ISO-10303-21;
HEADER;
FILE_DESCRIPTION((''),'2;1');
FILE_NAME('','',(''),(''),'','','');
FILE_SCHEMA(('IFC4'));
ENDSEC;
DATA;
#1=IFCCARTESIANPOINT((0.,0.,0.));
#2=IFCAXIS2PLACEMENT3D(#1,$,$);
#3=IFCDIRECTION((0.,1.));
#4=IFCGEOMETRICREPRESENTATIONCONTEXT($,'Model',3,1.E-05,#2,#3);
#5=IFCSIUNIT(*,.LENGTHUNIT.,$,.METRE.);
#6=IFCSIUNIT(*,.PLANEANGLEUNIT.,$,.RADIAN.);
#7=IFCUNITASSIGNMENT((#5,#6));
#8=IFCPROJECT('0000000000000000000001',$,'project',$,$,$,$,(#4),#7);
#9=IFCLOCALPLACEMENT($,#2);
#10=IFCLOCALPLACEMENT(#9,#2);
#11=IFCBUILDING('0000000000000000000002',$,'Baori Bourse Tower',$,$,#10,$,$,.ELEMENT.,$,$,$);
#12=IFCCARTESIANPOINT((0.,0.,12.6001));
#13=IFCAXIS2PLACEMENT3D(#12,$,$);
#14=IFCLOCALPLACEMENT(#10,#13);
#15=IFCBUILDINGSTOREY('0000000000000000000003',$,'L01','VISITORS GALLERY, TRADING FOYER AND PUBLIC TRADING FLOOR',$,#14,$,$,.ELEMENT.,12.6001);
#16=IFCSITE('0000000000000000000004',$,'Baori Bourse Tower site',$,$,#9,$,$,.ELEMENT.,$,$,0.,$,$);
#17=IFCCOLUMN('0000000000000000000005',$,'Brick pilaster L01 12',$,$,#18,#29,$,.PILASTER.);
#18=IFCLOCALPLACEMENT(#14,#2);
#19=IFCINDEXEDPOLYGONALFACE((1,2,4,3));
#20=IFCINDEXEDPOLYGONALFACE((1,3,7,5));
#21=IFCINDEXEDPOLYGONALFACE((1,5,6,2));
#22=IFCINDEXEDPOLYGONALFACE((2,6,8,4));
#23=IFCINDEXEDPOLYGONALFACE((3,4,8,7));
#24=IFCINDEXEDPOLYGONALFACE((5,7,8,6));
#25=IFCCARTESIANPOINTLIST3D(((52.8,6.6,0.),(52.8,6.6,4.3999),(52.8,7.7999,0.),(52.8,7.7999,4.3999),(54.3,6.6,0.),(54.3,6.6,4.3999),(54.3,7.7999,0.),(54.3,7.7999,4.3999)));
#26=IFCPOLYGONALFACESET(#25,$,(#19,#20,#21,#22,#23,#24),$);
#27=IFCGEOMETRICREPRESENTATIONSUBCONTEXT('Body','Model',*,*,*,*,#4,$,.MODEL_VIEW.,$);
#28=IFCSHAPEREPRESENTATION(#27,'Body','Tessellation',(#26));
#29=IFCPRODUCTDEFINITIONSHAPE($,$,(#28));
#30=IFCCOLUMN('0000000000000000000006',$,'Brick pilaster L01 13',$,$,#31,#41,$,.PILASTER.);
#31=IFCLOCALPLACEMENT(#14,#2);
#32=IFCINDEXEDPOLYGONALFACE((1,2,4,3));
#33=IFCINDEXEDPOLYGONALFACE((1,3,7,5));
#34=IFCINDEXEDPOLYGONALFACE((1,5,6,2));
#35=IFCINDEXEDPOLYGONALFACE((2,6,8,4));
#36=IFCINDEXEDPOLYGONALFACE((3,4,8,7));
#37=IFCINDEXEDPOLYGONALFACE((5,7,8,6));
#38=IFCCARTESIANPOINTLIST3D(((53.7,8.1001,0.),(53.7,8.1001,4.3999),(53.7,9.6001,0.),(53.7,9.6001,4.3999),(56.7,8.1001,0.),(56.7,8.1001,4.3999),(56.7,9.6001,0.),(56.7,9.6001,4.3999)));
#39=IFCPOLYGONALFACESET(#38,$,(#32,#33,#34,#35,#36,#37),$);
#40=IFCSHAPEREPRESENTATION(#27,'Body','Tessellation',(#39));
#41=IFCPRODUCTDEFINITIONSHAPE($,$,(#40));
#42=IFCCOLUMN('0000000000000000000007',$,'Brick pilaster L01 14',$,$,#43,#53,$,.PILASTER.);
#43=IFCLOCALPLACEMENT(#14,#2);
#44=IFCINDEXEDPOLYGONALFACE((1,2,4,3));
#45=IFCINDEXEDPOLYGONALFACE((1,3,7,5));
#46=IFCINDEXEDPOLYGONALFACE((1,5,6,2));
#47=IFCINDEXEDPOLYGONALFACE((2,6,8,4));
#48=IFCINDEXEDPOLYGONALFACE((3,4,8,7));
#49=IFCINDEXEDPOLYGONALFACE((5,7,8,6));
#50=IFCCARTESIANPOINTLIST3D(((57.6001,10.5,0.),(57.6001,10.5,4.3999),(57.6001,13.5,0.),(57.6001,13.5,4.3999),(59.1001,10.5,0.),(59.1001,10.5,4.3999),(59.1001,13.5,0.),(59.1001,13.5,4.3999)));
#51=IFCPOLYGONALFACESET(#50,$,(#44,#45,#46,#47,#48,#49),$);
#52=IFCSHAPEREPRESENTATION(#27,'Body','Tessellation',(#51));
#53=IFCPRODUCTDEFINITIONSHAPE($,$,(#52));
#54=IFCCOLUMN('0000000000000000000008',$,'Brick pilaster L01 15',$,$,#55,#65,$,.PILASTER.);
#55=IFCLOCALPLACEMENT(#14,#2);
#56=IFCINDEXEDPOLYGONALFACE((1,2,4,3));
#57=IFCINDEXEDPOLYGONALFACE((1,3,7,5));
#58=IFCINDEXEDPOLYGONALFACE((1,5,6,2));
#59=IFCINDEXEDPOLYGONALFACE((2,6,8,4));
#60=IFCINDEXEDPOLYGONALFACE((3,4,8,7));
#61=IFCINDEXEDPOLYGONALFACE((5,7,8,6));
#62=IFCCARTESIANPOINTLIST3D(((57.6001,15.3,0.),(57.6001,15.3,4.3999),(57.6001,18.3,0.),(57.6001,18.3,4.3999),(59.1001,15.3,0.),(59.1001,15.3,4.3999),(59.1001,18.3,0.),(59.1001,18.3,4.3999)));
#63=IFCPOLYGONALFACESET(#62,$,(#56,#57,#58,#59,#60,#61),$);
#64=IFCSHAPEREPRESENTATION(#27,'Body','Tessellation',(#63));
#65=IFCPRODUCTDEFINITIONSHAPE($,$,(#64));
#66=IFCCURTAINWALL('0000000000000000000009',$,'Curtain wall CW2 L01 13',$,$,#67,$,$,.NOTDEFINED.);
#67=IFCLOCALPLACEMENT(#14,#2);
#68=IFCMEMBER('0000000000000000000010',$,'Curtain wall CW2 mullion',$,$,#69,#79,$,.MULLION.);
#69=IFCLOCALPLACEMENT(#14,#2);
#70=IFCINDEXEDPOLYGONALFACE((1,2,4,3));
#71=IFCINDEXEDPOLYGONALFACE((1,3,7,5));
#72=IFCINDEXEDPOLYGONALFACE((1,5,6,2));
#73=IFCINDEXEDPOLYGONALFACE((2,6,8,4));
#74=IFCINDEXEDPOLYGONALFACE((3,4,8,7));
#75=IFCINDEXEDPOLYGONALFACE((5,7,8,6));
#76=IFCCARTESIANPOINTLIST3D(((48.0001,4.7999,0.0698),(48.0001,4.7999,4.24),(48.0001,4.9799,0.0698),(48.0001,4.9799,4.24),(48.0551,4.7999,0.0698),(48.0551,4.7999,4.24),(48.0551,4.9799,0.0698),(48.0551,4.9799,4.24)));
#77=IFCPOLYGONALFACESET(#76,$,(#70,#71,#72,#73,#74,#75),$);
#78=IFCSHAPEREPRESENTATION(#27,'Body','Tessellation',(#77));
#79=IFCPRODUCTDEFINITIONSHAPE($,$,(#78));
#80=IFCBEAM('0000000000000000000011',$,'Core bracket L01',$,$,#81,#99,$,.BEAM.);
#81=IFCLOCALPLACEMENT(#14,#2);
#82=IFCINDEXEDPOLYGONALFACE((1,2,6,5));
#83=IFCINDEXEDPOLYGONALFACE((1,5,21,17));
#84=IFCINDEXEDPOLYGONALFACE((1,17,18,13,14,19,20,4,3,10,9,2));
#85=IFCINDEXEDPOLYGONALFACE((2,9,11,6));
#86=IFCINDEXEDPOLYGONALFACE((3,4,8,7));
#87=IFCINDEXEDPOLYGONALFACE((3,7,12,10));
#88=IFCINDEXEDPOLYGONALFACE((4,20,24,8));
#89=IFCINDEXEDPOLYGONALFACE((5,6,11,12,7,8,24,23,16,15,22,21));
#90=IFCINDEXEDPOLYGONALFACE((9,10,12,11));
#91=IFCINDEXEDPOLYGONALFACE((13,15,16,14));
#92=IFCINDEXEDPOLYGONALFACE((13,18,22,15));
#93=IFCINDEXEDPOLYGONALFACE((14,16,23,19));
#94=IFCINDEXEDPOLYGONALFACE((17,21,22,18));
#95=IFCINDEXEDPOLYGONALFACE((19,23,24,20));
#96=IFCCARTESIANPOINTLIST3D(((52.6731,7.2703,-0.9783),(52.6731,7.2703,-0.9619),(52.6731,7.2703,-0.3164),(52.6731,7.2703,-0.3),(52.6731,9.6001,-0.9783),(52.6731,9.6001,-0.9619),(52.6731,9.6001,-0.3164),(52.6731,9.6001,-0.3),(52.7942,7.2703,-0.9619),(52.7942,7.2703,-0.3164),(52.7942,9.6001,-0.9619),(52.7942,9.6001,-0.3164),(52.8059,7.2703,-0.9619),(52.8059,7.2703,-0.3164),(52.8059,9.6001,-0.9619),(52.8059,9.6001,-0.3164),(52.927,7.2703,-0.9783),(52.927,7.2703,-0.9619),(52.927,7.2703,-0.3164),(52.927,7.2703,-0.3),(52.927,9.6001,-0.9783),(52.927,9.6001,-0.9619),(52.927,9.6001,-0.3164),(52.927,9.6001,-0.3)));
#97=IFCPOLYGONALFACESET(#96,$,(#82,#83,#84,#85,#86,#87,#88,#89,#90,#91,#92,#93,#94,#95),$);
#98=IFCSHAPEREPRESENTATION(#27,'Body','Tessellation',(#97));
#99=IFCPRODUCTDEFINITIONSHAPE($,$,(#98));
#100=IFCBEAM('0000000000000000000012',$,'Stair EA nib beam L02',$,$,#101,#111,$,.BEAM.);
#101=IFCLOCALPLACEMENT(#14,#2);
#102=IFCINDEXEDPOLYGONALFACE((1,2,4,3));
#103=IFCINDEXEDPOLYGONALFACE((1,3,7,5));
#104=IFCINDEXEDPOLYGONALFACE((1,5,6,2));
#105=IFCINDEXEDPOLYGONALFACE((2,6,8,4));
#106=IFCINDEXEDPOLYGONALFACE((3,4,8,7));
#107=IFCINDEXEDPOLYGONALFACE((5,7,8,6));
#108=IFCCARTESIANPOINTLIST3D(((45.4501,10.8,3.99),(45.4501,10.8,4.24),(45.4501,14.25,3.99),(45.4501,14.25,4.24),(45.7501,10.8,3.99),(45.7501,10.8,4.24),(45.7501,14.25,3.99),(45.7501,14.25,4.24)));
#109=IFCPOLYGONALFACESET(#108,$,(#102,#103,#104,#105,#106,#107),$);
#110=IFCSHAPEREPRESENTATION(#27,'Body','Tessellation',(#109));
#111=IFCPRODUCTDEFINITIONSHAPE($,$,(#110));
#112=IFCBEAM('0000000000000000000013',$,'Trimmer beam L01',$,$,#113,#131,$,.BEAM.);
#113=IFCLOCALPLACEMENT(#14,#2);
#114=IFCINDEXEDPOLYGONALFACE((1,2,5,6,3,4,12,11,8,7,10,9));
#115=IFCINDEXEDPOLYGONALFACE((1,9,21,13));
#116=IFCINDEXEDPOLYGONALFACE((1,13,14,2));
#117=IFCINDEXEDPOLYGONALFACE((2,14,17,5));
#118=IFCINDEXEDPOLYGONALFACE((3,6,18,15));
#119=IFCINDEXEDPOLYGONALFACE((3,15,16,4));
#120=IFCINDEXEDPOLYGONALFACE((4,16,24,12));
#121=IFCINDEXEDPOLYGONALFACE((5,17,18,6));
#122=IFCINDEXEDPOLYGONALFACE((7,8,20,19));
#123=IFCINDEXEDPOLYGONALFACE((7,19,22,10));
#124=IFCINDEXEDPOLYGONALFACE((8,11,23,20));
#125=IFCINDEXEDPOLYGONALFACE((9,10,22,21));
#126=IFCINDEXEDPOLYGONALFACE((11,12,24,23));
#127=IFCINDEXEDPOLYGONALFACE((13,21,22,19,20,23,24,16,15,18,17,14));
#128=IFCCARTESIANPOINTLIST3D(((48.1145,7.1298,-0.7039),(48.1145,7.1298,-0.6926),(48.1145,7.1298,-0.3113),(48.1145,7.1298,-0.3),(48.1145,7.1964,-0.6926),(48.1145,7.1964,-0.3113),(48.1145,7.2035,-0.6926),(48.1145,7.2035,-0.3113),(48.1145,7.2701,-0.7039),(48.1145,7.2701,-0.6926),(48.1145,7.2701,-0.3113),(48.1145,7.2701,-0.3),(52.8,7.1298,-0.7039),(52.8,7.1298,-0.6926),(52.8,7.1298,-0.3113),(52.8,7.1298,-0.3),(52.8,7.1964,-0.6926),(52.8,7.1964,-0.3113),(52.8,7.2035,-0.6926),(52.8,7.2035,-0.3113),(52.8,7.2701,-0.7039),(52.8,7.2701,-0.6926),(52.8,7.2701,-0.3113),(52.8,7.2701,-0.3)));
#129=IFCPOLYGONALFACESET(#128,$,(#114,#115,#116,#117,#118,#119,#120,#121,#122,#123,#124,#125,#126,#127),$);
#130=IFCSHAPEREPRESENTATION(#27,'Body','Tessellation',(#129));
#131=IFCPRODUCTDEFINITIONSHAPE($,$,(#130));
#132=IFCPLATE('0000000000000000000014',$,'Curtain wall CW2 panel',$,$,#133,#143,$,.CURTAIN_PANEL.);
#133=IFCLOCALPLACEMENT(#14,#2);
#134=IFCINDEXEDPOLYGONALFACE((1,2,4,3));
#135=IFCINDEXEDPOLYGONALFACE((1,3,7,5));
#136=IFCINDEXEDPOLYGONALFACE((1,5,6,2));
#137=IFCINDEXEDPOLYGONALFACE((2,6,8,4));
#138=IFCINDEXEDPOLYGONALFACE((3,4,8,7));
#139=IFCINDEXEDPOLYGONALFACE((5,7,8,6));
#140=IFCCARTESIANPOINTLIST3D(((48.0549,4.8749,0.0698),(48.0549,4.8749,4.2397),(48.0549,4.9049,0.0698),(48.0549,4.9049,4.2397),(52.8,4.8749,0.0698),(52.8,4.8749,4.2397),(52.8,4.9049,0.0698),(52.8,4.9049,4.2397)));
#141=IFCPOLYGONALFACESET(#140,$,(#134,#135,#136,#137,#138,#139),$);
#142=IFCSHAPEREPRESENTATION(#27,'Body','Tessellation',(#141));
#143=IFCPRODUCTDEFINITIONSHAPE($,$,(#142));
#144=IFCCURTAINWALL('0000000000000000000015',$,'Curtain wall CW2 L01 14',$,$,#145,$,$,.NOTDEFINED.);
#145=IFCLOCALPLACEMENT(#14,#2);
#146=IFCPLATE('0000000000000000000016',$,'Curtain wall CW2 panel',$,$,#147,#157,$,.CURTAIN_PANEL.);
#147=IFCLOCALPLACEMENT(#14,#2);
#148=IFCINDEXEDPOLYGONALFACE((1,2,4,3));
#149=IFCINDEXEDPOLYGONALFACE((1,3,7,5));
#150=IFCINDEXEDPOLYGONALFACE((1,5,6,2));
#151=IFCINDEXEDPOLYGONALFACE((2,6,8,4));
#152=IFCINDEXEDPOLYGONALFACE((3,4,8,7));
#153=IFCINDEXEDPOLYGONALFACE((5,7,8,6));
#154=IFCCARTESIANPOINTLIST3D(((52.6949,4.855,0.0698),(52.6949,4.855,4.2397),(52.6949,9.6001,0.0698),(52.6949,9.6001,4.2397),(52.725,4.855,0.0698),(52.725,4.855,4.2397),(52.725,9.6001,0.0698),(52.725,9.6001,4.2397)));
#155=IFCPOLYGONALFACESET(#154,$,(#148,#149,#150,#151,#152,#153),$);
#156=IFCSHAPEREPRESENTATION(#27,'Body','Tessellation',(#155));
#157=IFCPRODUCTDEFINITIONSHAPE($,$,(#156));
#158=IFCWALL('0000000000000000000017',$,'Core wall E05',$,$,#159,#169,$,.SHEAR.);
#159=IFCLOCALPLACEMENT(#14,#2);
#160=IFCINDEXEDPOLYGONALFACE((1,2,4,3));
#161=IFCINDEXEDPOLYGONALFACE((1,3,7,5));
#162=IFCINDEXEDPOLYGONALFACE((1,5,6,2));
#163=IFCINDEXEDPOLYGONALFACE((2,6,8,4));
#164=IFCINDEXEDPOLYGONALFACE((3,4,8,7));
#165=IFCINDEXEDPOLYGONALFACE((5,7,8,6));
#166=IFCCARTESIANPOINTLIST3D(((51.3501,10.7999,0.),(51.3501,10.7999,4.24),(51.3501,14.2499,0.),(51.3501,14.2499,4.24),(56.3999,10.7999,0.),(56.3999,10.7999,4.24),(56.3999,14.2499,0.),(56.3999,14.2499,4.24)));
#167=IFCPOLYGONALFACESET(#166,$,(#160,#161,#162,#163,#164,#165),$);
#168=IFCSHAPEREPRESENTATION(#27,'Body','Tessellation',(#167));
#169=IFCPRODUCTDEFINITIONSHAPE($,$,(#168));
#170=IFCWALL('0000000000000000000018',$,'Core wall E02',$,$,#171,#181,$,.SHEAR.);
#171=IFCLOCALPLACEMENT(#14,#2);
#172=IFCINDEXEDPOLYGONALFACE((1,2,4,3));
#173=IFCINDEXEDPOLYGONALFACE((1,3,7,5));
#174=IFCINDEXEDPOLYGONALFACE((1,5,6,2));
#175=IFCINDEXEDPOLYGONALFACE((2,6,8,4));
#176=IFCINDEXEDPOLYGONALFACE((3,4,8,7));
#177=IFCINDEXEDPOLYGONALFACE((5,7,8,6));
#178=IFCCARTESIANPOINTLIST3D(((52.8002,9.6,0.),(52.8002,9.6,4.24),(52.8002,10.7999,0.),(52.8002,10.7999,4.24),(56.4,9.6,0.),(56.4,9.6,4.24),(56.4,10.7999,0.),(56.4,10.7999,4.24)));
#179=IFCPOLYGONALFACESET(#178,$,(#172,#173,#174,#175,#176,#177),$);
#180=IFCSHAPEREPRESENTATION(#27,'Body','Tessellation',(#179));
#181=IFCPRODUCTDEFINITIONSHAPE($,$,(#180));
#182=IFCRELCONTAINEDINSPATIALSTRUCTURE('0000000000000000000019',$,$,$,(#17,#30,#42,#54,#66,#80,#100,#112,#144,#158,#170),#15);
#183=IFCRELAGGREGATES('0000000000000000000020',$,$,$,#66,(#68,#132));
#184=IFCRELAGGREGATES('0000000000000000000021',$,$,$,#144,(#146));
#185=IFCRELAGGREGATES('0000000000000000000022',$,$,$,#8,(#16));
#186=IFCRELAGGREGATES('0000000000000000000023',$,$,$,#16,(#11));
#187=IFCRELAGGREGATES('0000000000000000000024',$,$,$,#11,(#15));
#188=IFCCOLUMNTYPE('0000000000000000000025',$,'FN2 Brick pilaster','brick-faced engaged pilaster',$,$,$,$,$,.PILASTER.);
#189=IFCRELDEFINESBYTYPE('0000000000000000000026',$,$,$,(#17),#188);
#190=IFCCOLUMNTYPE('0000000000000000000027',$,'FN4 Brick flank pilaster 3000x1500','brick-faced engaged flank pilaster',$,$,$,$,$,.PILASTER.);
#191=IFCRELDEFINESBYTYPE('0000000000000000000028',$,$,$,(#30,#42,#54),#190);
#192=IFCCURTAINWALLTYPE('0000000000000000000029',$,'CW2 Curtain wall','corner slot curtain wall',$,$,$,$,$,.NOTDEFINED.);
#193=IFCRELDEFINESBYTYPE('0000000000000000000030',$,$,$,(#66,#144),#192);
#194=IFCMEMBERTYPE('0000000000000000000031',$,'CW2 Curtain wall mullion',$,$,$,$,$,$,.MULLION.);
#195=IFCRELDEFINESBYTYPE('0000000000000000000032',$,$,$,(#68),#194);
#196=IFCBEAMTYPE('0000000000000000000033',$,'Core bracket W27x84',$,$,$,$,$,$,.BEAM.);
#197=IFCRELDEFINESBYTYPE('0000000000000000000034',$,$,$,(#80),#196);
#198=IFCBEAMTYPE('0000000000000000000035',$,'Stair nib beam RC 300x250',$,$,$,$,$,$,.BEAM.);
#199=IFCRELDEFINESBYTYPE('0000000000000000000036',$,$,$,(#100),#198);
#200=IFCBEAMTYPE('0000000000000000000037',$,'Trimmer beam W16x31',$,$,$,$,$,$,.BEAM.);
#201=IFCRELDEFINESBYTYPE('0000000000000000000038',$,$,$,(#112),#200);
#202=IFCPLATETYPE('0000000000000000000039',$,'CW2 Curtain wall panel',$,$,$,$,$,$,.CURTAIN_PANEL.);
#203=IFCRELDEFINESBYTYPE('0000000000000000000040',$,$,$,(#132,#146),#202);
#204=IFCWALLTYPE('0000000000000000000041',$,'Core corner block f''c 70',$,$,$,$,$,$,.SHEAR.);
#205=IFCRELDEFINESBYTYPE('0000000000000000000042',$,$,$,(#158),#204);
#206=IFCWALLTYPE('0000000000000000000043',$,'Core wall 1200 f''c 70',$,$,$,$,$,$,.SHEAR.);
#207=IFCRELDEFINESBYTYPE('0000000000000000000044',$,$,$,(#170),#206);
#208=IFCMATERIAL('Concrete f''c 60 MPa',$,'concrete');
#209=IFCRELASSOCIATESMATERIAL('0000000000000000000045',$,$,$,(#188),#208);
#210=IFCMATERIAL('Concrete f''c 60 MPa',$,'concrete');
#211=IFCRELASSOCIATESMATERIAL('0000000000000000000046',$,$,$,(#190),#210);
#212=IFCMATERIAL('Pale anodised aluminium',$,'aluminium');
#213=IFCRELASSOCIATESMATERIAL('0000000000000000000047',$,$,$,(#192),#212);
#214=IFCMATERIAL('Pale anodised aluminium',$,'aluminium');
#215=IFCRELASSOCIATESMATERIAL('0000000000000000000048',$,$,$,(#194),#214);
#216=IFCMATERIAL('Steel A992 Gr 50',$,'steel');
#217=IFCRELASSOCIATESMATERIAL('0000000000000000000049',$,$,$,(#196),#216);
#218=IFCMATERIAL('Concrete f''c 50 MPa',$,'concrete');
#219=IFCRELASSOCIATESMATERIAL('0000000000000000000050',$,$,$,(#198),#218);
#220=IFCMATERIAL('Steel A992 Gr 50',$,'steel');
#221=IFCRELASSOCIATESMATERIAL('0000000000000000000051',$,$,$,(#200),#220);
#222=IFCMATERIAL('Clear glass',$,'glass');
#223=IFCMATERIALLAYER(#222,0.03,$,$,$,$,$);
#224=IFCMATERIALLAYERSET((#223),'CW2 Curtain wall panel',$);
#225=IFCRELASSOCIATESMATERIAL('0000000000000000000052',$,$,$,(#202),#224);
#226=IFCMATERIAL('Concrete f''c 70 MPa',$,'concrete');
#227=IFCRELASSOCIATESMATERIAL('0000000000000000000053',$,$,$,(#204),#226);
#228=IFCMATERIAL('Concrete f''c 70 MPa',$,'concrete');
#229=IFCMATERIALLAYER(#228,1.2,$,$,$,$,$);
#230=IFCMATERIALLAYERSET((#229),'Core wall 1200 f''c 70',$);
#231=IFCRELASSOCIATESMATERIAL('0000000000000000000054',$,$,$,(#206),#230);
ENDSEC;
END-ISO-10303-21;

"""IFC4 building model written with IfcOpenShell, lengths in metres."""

from ifc_helpers import new_model, si_unit, direction, frame, frame_2d, origin, origin_2d, place, context, subcontext, project, spatial, rectangle, i_section, extrude, material, layer, layer_set, material_profile, profile_set, type_object, element, aggregate, save


model = new_model("IFC4")

# Units and contexts
model_context = context("Model", 3, precision=1e-05, world=origin(), true_north=direction((0.0, 1.0)))
body_context = subcontext(model_context, "Body", "Model", "MODEL_VIEW")
ifc_project = project(units=[si_unit("LENGTHUNIT", "METRE"), si_unit("PLANEANGLEUNIT", "RADIAN")], contexts=[model_context])

# Site, building, storey
site_placement = place(None, origin())
site = spatial("IfcSite", under=ifc_project, at=site_placement, Name="Baori Bourse Tower site", CompositionType="ELEMENT", RefElevation=0.0)
building_placement = place(site_placement, origin())
building = spatial("IfcBuilding", under=site, at=building_placement, Name="Baori Bourse Tower", CompositionType="ELEMENT")
storey_placement = place(building_placement, frame((0.0, 0.0, 12.6001)))
storey = spatial("IfcBuildingStorey", under=building, at=storey_placement, Name="L01", Description="VISITORS GALLERY, TRADING FOYER AND PUBLIC TRADING FLOOR", CompositionType="ELEMENT", Elevation=12.6001)

# Columns
ifc_material_1 = material(Name="Concrete f'c 60 MPa", Category="concrete")
ifc_material_profile_1 = material_profile(ifc_material_1, rectangle(XDim=1.2, YDim=1.5, at=origin_2d()), Name="RC 1200x1500")
ifc_profile_set_1 = profile_set([ifc_material_profile_1], Name="Concrete f'c 60 MPa")
column_type_1 = type_object("IfcColumnType", Name="FN2 Brick pilaster", Description="brick-faced engaged pilaster", PredefinedType="PILASTER", material=ifc_profile_set_1)
column_placement = place(storey_placement, frame((53.55, 7.2, 0.0), z_axis=(0.0, 0.0, 1.0), x_axis=(0.0, 1.0, 0.0)))
element("IfcColumn", 1, at=column_placement, inside=storey, type_object=column_type_1, Name="Brick pilaster L01 12", PredefinedType="PILASTER", context=body_context, shape_type="SweptSolid", body=[
    extrude(rectangle(XDim=1.2, YDim=1.5, at=origin_2d()), origin(), (0.0, 0.0, 1.0), 4.3999),
])
ifc_material_2 = material(Name="Concrete f'c 60 MPa", Category="concrete")
ifc_material_profile_2 = material_profile(ifc_material_2, rectangle(XDim=3.0, YDim=1.5, at=origin_2d()), Name="RC 3000x1500")
ifc_profile_set_2 = profile_set([ifc_material_profile_2], Name="Concrete f'c 60 MPa")
column_type_2 = type_object("IfcColumnType", Name="FN4 Brick flank pilaster 3000x1500", Description="brick-faced engaged flank pilaster", PredefinedType="PILASTER", material=ifc_profile_set_2)
for number, where, z_axis, x_axis, name in (
    (2, (55.2, 8.8501, 0.0), (0.0, 0.0, 1.0), (1.0, 0.0, 0.0), "Brick pilaster L01 13"),
    (3, (58.3501, 12.0, 0.0), (0.0, 0.0, 1.0), (0.0, 1.0, 0.0), "Brick pilaster L01 14"),
    (4, (58.3501, 16.8, 0.0), (0.0, 0.0, 1.0), (0.0, 1.0, 0.0), "Brick pilaster L01 15"),
):
    element("IfcColumn", number, at=place(storey_placement, frame(where, z_axis=z_axis, x_axis=x_axis)), inside=storey, type_object=column_type_2, Name=name, PredefinedType="PILASTER", context=body_context, shape_type="SweptSolid", body=[
        extrude(rectangle(XDim=3.0, YDim=1.5, at=origin_2d()), origin(), (0.0, 0.0, 1.0), 4.3999),
    ])

# Curtain wall, member
ifc_material_3 = material(Name="Pale anodised aluminium", Category="aluminium")
curtain_wall_type = type_object("IfcCurtainWallType", Name="CW2 Curtain wall", Description="corner slot curtain wall", PredefinedType="NOTDEFINED", material=ifc_material_3)
curtain_wall_1_placement = place(storey_placement, origin())
curtain_wall_1 = element("IfcCurtainWall", 5, at=curtain_wall_1_placement, inside=storey, type_object=curtain_wall_type, Name="Curtain wall CW2 L01 13", PredefinedType="NOTDEFINED")
ifc_material_4 = material(Name="Pale anodised aluminium", Category="aluminium")
ifc_material_profile_3 = material_profile(ifc_material_4, rectangle(XDim=0.1799, YDim=0.0549, at=origin_2d()), Name="Mullion 55x180")
ifc_profile_set_3 = profile_set([ifc_material_profile_3], Name="Pale anodised aluminium")
member_type = type_object("IfcMemberType", Name="CW2 Curtain wall mullion", PredefinedType="MULLION", material=ifc_profile_set_3)
member_placement = place(storey_placement, frame((48.0276, 4.8899, 0.0698), z_axis=(0.0, 0.0, 1.0), x_axis=(0.0, 1.0, 0.0)))
member = element("IfcMember", 6, at=member_placement, type_object=member_type, Name="Curtain wall CW2 mullion", PredefinedType="MULLION", context=body_context, shape_type="SweptSolid", body=[
    extrude(rectangle(XDim=0.1799, YDim=0.0549, at=origin_2d()), origin(), (0.0, 0.0, 1.0), 4.1702),
])

# Beams
ifc_material_5 = material(Name="Steel A992 Gr 50", Category="steel")
ifc_material_profile_4 = material_profile(ifc_material_5, i_section(OverallWidth=0.2539, OverallDepth=0.6782, WebThickness=0.0117, FlangeThickness=0.0164, at=origin_2d()), Name="W27x84")
ifc_profile_set_4 = profile_set([ifc_material_profile_4], Name="Steel A992 Gr 50")
beam_type_1 = type_object("IfcBeamType", Name="Core bracket W27x84", PredefinedType="BEAM", material=ifc_profile_set_4)
beam_1_placement = place(storey_placement, frame((52.8, 7.2703, -0.6392), z_axis=(0.0, 1.0, 0.0), x_axis=(-1.0, 0.0, 0.0)))
element("IfcBeam", 7, at=beam_1_placement, inside=storey, type_object=beam_type_1, Name="Core bracket L01", PredefinedType="BEAM", context=body_context, shape_type="SweptSolid", body=[
    extrude(i_section(OverallWidth=0.2539, OverallDepth=0.6782, WebThickness=0.0117, FlangeThickness=0.0164, at=origin_2d()), origin(), (0.0, 0.0, 1.0), 2.3298),
])
ifc_material_6 = material(Name="Concrete f'c 50 MPa", Category="concrete")
ifc_material_profile_5 = material_profile(ifc_material_6, rectangle(XDim=0.3, YDim=0.25, at=origin_2d()), Name="RC 300x250")
ifc_profile_set_5 = profile_set([ifc_material_profile_5], Name="Concrete f'c 50 MPa")
beam_type_2 = type_object("IfcBeamType", Name="Stair nib beam RC 300x250", PredefinedType="BEAM", material=ifc_profile_set_5)
beam_2_placement = place(storey_placement, frame((45.6001, 10.8, 4.115), z_axis=(0.0, 1.0, 0.0), x_axis=(-1.0, 0.0, 0.0)))
element("IfcBeam", 8, at=beam_2_placement, inside=storey, type_object=beam_type_2, Name="Stair EA nib beam L02", PredefinedType="BEAM", context=body_context, shape_type="SweptSolid", body=[
    extrude(rectangle(XDim=0.3, YDim=0.25, at=origin_2d()), origin(), (0.0, 0.0, 1.0), 3.45),
])
ifc_material_7 = material(Name="Steel A992 Gr 50", Category="steel")
ifc_material_profile_6 = material_profile(ifc_material_7, i_section(OverallWidth=0.1404, OverallDepth=0.4038, WebThickness=0.0071, FlangeThickness=0.0112, at=origin_2d()), Name="W16x31")
ifc_profile_set_6 = profile_set([ifc_material_profile_6], Name="Steel A992 Gr 50")
beam_type_3 = type_object("IfcBeamType", Name="Trimmer beam W16x31", PredefinedType="BEAM", material=ifc_profile_set_6)
beam_3_placement = place(storey_placement, frame((48.1145, 7.2, -0.502), z_axis=(1.0, 0.0, 0.0), x_axis=(0.0, 1.0, 0.0)))
element("IfcBeam", 9, at=beam_3_placement, inside=storey, type_object=beam_type_3, Name="Trimmer beam L01", PredefinedType="BEAM", context=body_context, shape_type="SweptSolid", body=[
    extrude(i_section(OverallWidth=0.1404, OverallDepth=0.4038, WebThickness=0.0071, FlangeThickness=0.0112, at=origin_2d()), origin(), (0.0, 0.0, 1.0), 4.6855),
])

# Plate
ifc_material_8 = material(Name="Clear glass", Category="glass")
ifc_layer_1 = layer(ifc_material_8, 0.03)
ifc_layer_set_1 = layer_set([ifc_layer_1], Name="CW2 Curtain wall panel")
plate_type = type_object("IfcPlateType", Name="CW2 Curtain wall panel", PredefinedType="CURTAIN_PANEL", material=ifc_layer_set_1)
plate_1_placement = place(storey_placement, frame((50.4275, 4.8899, 0.0698), z_axis=(0.0, 0.0, 1.0), x_axis=(1.0, 0.0, 0.0)))
plate_1 = element("IfcPlate", 10, at=plate_1_placement, type_object=plate_type, Name="Curtain wall CW2 panel", PredefinedType="CURTAIN_PANEL", context=body_context, shape_type="SweptSolid", body=[
    extrude(rectangle(XDim=4.7451, YDim=0.03, at=origin_2d()), origin(), (0.0, 0.0, 1.0), 4.1699),
])
aggregate(curtain_wall_1, [member, plate_1])

# Curtain wall, plate
curtain_wall_2_placement = place(storey_placement, origin())
curtain_wall_2 = element("IfcCurtainWall", 11, at=curtain_wall_2_placement, inside=storey, type_object=curtain_wall_type, Name="Curtain wall CW2 L01 14", PredefinedType="NOTDEFINED")
plate_2_placement = place(storey_placement, frame((52.71, 7.2275, 0.0698), z_axis=(0.0, 0.0, 1.0), x_axis=(0.0, 1.0, 0.0)))
plate_2 = element("IfcPlate", 12, at=plate_2_placement, type_object=plate_type, Name="Curtain wall CW2 panel", PredefinedType="CURTAIN_PANEL", context=body_context, shape_type="SweptSolid", body=[
    extrude(rectangle(XDim=4.7451, YDim=0.03, at=origin_2d()), origin(), (0.0, 0.0, 1.0), 4.1699),
])
aggregate(curtain_wall_2, [plate_2])

# Walls
ifc_material_9 = material(Name="Concrete f'c 70 MPa", Category="concrete")
wall_type_1 = type_object("IfcWallType", Name="Core corner block f'c 70", PredefinedType="SHEAR", material=ifc_material_9)
wall_1_placement = place(storey_placement, frame((51.3501, 12.5249, 0.0), z_axis=(0.0, 0.0, 1.0), x_axis=(1.0, 0.0, 0.0)))
element("IfcWall", 13, at=wall_1_placement, inside=storey, type_object=wall_type_1, Name="Core wall E05", PredefinedType="SHEAR", context=body_context, shape_type="SweptSolid", body=[
    extrude(rectangle(XDim=5.0498, YDim=3.45, at=frame_2d((2.5249, 0.0))), origin(), (0.0, 0.0, 1.0), 4.24),
])
ifc_material_10 = material(Name="Concrete f'c 70 MPa", Category="concrete")
ifc_layer_2 = layer(ifc_material_10, 1.2)
ifc_layer_set_2 = layer_set([ifc_layer_2], Name="Core wall 1200 f'c 70")
wall_type_2 = type_object("IfcWallType", Name="Core wall 1200 f'c 70", PredefinedType="SHEAR", material=ifc_layer_set_2)
wall_2_placement = place(storey_placement, frame((56.3999, 10.2, 0.0), z_axis=(0.0, 0.0, 1.0), x_axis=(-1.0, 0.0, 0.0)))
element("IfcWall", 14, at=wall_2_placement, inside=storey, type_object=wall_type_2, Name="Core wall E02", PredefinedType="SHEAR", context=body_context, shape_type="SweptSolid", body=[
    extrude(rectangle(XDim=3.5999, YDim=1.2, at=frame_2d((1.7998, 0.0))), origin(), (0.0, 0.0, 1.0), 4.24),
])

save(model, "model.ifc")
